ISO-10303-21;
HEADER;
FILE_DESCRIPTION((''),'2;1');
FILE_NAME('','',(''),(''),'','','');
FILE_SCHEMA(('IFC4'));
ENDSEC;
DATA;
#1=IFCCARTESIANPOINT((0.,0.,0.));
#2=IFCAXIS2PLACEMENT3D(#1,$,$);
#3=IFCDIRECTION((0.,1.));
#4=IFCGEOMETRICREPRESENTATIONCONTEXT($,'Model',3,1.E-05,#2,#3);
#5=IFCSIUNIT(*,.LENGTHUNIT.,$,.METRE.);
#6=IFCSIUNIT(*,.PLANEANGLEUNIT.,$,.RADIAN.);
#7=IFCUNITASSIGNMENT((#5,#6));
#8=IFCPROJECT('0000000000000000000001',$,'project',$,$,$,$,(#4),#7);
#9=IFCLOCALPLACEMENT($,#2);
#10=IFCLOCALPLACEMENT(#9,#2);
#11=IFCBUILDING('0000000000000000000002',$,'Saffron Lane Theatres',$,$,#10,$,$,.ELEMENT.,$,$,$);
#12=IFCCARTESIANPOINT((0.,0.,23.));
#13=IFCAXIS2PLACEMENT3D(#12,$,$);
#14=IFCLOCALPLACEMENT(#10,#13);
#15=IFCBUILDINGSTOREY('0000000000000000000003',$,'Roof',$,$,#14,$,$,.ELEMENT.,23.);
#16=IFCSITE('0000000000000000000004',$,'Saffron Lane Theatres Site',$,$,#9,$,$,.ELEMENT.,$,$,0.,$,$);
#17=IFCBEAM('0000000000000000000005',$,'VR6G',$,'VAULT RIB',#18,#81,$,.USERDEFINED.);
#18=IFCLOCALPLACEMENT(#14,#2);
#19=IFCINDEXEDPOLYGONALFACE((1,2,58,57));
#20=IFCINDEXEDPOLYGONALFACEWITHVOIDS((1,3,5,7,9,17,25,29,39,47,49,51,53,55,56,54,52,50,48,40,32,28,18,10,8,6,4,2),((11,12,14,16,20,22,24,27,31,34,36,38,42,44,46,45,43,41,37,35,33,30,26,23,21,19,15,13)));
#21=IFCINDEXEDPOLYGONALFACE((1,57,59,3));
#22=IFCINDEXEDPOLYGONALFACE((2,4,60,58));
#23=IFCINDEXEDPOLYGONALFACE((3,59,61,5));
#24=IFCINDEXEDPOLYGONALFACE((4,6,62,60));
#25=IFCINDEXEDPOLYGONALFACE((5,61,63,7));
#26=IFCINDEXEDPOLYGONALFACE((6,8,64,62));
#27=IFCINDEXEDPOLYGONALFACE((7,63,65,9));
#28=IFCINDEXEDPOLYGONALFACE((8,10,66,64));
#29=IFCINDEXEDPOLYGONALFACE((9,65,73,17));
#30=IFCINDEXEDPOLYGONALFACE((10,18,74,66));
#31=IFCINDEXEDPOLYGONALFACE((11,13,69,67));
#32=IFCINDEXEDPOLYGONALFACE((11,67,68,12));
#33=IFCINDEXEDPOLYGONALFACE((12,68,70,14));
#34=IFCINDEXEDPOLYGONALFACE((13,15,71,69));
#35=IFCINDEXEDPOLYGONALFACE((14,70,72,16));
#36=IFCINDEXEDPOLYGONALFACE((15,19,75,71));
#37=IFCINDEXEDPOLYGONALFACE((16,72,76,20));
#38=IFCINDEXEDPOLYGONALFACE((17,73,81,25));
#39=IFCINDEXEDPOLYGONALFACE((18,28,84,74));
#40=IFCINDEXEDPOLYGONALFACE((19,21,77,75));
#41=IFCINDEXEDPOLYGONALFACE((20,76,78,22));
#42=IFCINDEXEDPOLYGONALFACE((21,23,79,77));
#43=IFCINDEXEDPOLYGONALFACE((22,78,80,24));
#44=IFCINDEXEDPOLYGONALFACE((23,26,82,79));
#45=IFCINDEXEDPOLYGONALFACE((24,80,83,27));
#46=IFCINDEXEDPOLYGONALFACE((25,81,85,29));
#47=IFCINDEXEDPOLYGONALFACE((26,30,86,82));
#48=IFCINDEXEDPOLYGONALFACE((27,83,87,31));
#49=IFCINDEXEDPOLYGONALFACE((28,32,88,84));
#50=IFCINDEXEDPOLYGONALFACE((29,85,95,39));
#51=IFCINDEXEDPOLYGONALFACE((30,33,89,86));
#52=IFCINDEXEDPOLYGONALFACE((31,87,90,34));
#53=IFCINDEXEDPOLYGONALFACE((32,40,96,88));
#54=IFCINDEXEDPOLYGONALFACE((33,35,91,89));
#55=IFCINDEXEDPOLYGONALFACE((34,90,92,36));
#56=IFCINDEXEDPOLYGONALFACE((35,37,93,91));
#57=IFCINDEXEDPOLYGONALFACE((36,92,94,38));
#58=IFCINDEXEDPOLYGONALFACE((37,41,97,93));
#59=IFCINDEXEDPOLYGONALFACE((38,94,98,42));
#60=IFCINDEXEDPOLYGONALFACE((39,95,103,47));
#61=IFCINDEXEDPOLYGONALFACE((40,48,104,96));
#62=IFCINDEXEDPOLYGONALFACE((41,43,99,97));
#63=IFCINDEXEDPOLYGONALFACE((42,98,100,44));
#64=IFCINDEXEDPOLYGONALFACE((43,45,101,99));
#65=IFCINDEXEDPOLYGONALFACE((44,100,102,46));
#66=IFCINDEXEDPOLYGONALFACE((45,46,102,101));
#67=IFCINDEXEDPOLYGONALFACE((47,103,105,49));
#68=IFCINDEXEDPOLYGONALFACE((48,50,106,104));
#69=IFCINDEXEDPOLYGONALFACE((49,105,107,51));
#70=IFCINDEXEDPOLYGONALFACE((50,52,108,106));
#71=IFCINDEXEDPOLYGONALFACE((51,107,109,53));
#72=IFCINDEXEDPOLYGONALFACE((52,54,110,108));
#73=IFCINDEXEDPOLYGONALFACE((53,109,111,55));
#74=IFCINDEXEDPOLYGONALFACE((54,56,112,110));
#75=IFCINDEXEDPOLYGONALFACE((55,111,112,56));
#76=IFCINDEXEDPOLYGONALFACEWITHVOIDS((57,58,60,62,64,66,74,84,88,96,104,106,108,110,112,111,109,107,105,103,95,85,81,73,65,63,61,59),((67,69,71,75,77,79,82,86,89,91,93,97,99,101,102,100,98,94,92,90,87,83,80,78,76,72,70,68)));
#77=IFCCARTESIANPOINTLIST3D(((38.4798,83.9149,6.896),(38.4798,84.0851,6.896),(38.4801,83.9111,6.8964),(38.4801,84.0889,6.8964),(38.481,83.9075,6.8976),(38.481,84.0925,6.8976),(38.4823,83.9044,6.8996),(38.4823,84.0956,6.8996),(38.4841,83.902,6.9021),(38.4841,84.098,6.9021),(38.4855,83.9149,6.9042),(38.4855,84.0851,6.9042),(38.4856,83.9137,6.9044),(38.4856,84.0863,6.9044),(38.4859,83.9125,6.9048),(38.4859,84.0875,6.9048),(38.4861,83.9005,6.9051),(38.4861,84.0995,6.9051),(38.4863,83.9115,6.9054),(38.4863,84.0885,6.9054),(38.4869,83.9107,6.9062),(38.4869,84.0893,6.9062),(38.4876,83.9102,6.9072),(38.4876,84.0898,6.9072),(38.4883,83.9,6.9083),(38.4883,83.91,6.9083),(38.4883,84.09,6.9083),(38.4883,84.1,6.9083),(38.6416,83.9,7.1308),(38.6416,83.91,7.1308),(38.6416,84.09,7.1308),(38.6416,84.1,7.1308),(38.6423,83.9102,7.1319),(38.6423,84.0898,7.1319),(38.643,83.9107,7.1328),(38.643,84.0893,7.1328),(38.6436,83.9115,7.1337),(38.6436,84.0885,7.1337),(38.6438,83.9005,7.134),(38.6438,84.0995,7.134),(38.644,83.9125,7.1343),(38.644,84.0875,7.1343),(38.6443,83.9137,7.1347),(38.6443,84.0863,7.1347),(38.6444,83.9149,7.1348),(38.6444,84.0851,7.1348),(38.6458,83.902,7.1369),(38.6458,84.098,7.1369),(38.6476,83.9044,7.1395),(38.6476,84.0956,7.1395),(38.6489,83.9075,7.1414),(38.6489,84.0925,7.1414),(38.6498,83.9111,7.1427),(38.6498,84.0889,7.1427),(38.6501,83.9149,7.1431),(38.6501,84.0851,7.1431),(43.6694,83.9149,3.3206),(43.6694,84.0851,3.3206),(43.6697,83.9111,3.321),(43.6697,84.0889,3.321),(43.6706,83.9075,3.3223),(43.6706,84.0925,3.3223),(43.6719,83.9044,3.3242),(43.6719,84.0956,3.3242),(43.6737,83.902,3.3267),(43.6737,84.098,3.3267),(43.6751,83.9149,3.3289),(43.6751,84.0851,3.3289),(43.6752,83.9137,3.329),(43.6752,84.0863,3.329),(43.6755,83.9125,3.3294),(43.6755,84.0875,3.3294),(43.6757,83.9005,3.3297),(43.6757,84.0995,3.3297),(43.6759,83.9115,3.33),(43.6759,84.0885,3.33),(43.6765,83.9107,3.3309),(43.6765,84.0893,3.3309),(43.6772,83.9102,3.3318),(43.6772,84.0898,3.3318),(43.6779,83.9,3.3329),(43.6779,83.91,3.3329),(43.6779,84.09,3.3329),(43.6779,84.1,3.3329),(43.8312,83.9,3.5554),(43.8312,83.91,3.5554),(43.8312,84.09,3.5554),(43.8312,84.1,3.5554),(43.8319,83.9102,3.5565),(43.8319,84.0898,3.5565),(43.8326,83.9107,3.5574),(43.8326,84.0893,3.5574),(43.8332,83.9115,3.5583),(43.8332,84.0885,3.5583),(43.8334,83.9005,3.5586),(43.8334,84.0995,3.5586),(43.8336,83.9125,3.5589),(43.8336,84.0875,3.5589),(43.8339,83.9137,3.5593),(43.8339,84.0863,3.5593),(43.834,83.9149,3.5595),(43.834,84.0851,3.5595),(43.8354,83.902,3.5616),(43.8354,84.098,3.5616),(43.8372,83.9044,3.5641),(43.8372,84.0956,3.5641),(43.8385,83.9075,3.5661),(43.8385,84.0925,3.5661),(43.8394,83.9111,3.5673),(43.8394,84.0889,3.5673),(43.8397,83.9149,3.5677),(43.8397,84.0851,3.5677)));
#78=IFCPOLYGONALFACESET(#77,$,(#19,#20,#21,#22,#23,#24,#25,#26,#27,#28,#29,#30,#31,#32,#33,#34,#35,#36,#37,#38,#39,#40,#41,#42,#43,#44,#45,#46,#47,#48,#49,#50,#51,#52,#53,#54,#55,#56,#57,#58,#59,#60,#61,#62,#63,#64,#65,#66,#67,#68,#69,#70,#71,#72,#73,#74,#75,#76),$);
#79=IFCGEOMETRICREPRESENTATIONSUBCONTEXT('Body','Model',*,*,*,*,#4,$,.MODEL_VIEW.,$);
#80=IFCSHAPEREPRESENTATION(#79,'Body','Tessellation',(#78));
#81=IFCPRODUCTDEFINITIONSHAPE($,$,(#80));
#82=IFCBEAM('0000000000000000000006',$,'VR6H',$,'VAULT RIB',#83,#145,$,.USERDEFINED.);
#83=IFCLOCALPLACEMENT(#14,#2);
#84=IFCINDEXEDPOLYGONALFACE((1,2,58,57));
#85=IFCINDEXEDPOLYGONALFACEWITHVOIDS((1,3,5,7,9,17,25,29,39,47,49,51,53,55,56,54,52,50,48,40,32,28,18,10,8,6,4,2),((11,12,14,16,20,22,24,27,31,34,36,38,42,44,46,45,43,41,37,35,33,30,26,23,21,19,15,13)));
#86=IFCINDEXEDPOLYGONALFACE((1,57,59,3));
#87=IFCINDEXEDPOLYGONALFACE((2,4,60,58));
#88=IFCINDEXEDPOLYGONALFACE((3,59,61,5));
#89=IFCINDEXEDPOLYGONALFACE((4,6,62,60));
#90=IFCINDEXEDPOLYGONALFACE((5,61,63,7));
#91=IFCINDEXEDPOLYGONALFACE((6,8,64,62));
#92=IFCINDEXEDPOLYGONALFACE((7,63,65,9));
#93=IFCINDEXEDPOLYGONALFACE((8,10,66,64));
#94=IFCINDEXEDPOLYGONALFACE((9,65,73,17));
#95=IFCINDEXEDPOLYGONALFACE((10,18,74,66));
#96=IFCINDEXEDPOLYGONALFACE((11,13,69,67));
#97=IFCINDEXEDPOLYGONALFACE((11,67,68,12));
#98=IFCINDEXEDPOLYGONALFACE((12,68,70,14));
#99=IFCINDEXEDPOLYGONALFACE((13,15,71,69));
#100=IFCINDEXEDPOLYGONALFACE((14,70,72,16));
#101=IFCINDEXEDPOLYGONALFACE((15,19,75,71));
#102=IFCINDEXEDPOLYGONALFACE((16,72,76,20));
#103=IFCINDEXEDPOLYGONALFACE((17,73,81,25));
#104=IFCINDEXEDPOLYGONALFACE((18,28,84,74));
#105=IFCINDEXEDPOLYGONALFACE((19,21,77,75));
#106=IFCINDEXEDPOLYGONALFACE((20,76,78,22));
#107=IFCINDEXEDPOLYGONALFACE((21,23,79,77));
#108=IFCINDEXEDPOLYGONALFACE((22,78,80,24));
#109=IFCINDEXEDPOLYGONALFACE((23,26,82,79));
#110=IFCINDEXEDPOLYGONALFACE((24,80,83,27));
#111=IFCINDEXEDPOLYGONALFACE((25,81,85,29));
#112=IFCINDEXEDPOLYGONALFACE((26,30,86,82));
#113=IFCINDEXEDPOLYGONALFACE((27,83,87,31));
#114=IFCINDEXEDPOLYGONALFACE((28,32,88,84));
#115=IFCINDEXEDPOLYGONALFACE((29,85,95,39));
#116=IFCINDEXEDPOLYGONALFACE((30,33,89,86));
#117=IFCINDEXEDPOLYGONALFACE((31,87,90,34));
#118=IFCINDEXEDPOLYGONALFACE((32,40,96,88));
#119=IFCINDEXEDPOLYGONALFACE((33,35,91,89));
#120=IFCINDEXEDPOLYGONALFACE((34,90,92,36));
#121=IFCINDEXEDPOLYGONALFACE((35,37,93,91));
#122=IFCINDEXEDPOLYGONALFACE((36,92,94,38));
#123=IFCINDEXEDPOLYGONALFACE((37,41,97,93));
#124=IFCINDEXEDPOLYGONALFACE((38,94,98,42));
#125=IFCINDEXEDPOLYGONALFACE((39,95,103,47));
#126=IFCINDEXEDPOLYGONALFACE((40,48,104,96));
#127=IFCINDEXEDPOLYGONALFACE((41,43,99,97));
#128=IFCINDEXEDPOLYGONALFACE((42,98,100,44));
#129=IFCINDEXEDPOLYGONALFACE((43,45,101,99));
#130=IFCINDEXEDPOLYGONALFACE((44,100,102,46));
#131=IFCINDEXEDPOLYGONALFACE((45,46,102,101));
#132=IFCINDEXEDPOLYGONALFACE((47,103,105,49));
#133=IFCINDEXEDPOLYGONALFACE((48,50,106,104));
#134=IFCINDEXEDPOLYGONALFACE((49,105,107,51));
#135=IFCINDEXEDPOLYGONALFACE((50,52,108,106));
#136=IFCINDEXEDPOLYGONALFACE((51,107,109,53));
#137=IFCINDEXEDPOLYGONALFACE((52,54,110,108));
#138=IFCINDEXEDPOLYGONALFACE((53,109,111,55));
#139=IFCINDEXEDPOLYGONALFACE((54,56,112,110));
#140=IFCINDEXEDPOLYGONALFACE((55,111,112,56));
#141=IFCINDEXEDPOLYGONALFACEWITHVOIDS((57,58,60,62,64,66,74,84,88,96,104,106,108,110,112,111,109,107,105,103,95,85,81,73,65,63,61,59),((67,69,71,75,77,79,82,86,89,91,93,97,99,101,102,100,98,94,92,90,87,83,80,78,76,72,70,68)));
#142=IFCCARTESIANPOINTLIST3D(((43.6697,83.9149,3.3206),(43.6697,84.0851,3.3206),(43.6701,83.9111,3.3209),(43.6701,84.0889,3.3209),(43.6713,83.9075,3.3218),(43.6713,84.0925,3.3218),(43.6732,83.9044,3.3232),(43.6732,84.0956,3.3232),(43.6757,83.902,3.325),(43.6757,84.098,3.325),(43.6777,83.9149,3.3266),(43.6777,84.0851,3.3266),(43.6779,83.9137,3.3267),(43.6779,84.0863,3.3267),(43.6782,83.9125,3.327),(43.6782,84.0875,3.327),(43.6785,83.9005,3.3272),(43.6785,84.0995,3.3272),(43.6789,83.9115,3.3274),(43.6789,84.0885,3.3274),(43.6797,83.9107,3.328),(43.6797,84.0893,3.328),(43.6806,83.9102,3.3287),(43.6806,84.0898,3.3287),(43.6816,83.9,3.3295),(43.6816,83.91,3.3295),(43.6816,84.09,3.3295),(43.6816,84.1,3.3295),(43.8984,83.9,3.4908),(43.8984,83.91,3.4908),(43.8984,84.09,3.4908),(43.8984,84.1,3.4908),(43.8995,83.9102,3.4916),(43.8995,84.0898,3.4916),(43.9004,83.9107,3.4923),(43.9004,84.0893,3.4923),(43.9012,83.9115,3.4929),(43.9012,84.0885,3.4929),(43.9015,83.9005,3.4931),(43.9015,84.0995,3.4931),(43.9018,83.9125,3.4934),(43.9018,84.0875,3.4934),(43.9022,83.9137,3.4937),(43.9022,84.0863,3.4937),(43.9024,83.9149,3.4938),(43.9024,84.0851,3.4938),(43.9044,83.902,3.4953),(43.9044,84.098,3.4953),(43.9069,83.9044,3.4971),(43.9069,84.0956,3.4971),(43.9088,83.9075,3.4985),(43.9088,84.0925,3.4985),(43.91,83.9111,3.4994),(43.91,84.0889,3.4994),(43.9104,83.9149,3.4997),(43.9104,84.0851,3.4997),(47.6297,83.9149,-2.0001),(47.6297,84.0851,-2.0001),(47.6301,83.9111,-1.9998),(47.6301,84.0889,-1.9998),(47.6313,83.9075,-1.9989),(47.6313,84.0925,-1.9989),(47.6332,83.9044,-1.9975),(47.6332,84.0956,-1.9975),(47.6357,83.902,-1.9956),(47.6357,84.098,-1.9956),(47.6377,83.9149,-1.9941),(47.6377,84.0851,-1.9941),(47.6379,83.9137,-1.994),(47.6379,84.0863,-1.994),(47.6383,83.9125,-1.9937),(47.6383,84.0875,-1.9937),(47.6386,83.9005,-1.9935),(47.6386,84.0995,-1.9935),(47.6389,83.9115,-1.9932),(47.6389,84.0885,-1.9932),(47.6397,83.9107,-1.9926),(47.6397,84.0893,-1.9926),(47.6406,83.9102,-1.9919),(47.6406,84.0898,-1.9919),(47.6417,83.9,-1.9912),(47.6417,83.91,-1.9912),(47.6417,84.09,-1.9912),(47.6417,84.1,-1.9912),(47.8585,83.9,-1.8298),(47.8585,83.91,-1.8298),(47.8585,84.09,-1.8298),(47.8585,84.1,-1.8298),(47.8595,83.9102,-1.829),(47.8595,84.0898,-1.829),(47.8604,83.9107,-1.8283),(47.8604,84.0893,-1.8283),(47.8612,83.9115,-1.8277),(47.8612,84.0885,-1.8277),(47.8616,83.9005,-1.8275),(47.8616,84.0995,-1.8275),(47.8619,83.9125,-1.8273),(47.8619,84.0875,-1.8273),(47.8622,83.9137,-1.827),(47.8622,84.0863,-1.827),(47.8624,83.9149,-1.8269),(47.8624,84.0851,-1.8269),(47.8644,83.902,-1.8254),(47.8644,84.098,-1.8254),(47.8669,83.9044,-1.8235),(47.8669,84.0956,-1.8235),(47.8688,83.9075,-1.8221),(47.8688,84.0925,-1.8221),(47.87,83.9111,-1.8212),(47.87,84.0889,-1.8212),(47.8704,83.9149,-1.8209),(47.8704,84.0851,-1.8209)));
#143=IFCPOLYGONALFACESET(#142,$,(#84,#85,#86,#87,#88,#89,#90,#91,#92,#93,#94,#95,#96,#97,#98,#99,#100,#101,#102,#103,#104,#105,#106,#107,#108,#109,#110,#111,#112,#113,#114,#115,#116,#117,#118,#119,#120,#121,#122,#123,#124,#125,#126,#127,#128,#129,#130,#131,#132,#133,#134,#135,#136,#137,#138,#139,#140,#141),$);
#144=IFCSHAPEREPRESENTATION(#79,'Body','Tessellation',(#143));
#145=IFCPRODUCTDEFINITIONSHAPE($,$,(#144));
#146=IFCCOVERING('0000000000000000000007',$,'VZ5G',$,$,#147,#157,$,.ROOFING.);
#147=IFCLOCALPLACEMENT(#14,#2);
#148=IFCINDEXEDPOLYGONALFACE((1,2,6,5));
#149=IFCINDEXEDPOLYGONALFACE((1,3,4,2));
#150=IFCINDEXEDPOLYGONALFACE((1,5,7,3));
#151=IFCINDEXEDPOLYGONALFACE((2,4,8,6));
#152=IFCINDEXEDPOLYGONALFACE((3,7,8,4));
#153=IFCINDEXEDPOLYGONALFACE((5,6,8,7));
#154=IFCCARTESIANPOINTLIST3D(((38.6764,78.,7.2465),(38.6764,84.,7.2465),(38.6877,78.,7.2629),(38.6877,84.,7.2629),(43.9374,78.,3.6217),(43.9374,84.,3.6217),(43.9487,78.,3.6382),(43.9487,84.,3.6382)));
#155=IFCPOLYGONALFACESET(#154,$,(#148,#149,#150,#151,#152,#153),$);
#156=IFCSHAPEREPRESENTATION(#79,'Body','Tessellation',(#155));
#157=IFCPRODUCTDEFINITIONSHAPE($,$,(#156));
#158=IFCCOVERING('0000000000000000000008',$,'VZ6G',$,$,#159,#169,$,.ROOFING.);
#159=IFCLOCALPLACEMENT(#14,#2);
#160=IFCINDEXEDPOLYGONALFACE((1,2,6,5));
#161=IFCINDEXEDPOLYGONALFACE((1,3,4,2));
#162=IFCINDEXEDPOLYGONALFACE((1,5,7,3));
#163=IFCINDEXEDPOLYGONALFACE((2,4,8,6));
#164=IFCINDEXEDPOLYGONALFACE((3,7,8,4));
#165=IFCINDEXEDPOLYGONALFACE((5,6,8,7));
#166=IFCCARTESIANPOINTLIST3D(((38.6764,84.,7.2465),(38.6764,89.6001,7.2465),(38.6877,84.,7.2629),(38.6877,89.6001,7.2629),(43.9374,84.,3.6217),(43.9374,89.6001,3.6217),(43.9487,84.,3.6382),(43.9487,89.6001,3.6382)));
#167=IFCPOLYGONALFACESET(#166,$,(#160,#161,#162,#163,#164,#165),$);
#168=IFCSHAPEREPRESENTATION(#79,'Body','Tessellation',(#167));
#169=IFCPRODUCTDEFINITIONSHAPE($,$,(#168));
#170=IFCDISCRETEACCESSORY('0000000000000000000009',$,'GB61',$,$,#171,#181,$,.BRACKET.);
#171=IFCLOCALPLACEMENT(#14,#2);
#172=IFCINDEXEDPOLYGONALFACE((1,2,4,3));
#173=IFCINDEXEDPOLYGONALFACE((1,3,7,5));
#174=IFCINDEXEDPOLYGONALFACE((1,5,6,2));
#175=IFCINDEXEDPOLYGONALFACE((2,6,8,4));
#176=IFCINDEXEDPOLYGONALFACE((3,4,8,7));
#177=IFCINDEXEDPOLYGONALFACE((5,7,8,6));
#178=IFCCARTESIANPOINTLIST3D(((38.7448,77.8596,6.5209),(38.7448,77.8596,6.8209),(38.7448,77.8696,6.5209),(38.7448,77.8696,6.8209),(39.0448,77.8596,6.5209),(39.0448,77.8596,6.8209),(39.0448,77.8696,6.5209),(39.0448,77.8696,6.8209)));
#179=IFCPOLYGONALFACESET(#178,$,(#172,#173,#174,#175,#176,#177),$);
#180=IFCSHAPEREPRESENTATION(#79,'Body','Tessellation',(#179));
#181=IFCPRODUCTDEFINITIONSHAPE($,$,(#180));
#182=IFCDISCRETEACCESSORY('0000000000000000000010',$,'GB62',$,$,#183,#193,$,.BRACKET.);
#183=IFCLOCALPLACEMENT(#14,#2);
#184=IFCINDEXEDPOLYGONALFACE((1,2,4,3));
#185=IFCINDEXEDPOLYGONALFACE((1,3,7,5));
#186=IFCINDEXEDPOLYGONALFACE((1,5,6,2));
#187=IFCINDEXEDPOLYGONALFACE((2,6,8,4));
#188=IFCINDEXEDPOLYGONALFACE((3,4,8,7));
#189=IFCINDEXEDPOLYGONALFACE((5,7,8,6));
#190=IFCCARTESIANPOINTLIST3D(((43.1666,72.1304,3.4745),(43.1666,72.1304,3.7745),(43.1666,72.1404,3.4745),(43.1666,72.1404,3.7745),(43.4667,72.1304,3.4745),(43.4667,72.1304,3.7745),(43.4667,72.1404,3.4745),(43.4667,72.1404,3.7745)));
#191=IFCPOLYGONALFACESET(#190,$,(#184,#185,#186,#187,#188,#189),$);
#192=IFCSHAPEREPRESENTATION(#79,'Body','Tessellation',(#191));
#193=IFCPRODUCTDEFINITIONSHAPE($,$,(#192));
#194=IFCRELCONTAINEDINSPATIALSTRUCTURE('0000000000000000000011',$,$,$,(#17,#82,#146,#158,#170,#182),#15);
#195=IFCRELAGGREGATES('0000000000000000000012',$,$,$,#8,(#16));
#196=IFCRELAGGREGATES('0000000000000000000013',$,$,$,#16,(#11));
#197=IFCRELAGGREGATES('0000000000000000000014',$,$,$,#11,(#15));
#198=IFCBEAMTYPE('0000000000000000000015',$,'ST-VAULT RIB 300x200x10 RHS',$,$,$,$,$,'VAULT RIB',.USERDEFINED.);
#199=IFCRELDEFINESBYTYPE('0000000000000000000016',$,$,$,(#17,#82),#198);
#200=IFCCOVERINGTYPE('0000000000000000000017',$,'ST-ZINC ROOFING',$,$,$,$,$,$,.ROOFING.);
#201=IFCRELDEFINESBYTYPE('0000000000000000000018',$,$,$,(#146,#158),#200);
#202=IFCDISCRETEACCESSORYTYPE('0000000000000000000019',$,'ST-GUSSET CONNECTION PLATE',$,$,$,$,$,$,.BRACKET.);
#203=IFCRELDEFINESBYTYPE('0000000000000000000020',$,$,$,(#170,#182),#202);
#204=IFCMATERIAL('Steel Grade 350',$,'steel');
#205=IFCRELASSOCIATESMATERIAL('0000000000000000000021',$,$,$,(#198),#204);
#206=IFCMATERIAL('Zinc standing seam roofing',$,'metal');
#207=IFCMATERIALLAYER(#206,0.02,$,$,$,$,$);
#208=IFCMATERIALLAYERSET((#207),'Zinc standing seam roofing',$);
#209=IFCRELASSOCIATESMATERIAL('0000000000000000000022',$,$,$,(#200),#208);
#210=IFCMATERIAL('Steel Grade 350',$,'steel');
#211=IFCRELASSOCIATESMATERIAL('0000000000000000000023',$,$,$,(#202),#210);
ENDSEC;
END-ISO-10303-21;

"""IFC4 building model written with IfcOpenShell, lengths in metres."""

from ifc_helpers import new_model, si_unit, direction, frame, origin, origin_2d, place, context, subcontext, project, spatial, polyline, rectangle, hollow_rectangle, outline, extrude, material, layer, layer_set, material_profile, profile_set, type_object, element, save


model = new_model("IFC4")

# Units and contexts
model_context = context("Model", 3, precision=1e-05, world=origin(), true_north=direction((0.0, 1.0)))
body_context = subcontext(model_context, "Body", "Model", "MODEL_VIEW")
ifc_project = project(units=[si_unit("LENGTHUNIT", "METRE"), si_unit("PLANEANGLEUNIT", "RADIAN")], contexts=[model_context])

# Site, building, storey
site_placement = place(None, origin())
site = spatial("IfcSite", under=ifc_project, at=site_placement, Name="Saffron Lane Theatres Site", CompositionType="ELEMENT", RefElevation=0.0)
building_placement = place(site_placement, origin())
building = spatial("IfcBuilding", under=site, at=building_placement, Name="Saffron Lane Theatres", CompositionType="ELEMENT")
storey_placement = place(building_placement, frame((0.0, 0.0, 23.0)))
storey = spatial("IfcBuildingStorey", under=building, at=storey_placement, Name="Roof", CompositionType="ELEMENT", Elevation=23.0)

# Beams
ifc_material_1 = material(Name="Steel Grade 350", Category="steel")
ifc_material_profile_1 = material_profile(ifc_material_1, hollow_rectangle(XDim=0.2, YDim=0.3, WallThickness=0.01, InnerFilletRadius=0.0049, OuterFilletRadius=0.0149, at=origin_2d()))
ifc_profile_set_1 = profile_set([ifc_material_profile_1], Name="Steel Grade 350")
beam_type = type_object("IfcBeamType", Name="ST-VAULT RIB 300x200x10 RHS", ElementType="VAULT RIB", PredefinedType="USERDEFINED", material=ifc_profile_set_1)
beam_1_placement = place(storey_placement, frame((38.5649, 84.0, 7.0195), z_axis=(0.823484, 0.0, -0.567339), x_axis=(0.0, 1.0, 0.0)))
element("IfcBeam", 1, at=beam_1_placement, inside=storey, type_object=beam_type, Name="VR6G", ObjectType="VAULT RIB", PredefinedType="USERDEFINED", context=body_context, shape_type="SweptSolid", body=[
    extrude(hollow_rectangle(XDim=0.2, YDim=0.3, WallThickness=0.01, InnerFilletRadius=0.0049, OuterFilletRadius=0.0149, at=origin_2d()), origin(), (0.0, 0.0, 1.0), 6.302),
])
beam_2_placement = place(storey_placement, frame((43.79, 84.0, 3.4102), z_axis=(0.597057, 0.0, -0.802199), x_axis=(0.0, 1.0, 0.0)))
element("IfcBeam", 2, at=beam_2_placement, inside=storey, type_object=beam_type, Name="VR6H", ObjectType="VAULT RIB", PredefinedType="USERDEFINED", context=body_context, shape_type="SweptSolid", body=[
    extrude(hollow_rectangle(XDim=0.2, YDim=0.3, WallThickness=0.01, InnerFilletRadius=0.0049, OuterFilletRadius=0.0149, at=origin_2d()), origin(), (0.0, 0.0, 1.0), 6.6326),
])

# Coverings
ifc_material_2 = material(Name="Zinc standing seam roofing", Category="metal")
ifc_layer = layer(ifc_material_2, 0.02)
ifc_layer_set = layer_set([ifc_layer], Name="Zinc standing seam roofing")
covering_type = type_object("IfcCoveringType", Name="ST-ZINC ROOFING", PredefinedType="ROOFING", material=ifc_layer_set)
covering_1_placement = place(storey_placement, frame((38.6877, 78.0, 7.2629), z_axis=(0.567361, 0.0, 0.82347), x_axis=(0.82347, 0.0, -0.567361)))
element("IfcCovering", 3, at=covering_1_placement, inside=storey, type_object=covering_type, Name="VZ5G", PredefinedType="ROOFING", context=body_context, shape_type="SweptSolid", body=[
    extrude(outline(polyline([(0.0, 0.0), (6.3888, 0.0), (6.3888, 6.0), (0.0, 6.0), (0.0, 0.0)])), origin(), (0.0, 0.0, -1.0), 0.02),
])
covering_2_placement = place(storey_placement, frame((38.6877, 84.0, 7.2629), z_axis=(0.567361, 0.0, 0.82347), x_axis=(0.82347, 0.0, -0.567361)))
element("IfcCovering", 4, at=covering_2_placement, inside=storey, type_object=covering_type, Name="VZ6G", PredefinedType="ROOFING", context=body_context, shape_type="SweptSolid", body=[
    extrude(outline(polyline([(0.0, 0.0), (6.3888, 0.0), (6.3888, 5.6001), (0.0, 5.6001), (0.0, 0.0)])), origin(), (0.0, 0.0, -1.0), 0.02),
])

# Discrete accessories
ifc_material_3 = material(Name="Steel Grade 350", Category="steel")
ifc_material_profile_2 = material_profile(ifc_material_3, rectangle(XDim=0.3, YDim=0.3, at=origin_2d()))
ifc_profile_set_2 = profile_set([ifc_material_profile_2], Name="Steel Grade 350")
discrete_accessory_type = type_object("IfcDiscreteAccessoryType", Name="ST-GUSSET CONNECTION PLATE", PredefinedType="BRACKET", material=ifc_profile_set_2)
for number, where, z_axis, x_axis, name in (
    (5, (38.8948, 77.8696, 6.6709), (0.0, -1.0, 0.0), (1.0, 0.0, 0.0), "GB61"),
    (6, (43.3167, 72.1304, 3.6245), (0.0, 1.0, 0.0), (-1.0, 0.0, 0.0), "GB62"),
):
    element("IfcDiscreteAccessory", number, at=place(storey_placement, frame(where, z_axis=z_axis, x_axis=x_axis)), inside=storey, type_object=discrete_accessory_type, Name=name, PredefinedType="BRACKET", context=body_context, shape_type="SweptSolid", body=[
        extrude(rectangle(XDim=0.3, YDim=0.3, at=origin_2d()), origin(), (0.0, 0.0, 1.0), 0.01),
    ])

save(model, "model.ifc")
